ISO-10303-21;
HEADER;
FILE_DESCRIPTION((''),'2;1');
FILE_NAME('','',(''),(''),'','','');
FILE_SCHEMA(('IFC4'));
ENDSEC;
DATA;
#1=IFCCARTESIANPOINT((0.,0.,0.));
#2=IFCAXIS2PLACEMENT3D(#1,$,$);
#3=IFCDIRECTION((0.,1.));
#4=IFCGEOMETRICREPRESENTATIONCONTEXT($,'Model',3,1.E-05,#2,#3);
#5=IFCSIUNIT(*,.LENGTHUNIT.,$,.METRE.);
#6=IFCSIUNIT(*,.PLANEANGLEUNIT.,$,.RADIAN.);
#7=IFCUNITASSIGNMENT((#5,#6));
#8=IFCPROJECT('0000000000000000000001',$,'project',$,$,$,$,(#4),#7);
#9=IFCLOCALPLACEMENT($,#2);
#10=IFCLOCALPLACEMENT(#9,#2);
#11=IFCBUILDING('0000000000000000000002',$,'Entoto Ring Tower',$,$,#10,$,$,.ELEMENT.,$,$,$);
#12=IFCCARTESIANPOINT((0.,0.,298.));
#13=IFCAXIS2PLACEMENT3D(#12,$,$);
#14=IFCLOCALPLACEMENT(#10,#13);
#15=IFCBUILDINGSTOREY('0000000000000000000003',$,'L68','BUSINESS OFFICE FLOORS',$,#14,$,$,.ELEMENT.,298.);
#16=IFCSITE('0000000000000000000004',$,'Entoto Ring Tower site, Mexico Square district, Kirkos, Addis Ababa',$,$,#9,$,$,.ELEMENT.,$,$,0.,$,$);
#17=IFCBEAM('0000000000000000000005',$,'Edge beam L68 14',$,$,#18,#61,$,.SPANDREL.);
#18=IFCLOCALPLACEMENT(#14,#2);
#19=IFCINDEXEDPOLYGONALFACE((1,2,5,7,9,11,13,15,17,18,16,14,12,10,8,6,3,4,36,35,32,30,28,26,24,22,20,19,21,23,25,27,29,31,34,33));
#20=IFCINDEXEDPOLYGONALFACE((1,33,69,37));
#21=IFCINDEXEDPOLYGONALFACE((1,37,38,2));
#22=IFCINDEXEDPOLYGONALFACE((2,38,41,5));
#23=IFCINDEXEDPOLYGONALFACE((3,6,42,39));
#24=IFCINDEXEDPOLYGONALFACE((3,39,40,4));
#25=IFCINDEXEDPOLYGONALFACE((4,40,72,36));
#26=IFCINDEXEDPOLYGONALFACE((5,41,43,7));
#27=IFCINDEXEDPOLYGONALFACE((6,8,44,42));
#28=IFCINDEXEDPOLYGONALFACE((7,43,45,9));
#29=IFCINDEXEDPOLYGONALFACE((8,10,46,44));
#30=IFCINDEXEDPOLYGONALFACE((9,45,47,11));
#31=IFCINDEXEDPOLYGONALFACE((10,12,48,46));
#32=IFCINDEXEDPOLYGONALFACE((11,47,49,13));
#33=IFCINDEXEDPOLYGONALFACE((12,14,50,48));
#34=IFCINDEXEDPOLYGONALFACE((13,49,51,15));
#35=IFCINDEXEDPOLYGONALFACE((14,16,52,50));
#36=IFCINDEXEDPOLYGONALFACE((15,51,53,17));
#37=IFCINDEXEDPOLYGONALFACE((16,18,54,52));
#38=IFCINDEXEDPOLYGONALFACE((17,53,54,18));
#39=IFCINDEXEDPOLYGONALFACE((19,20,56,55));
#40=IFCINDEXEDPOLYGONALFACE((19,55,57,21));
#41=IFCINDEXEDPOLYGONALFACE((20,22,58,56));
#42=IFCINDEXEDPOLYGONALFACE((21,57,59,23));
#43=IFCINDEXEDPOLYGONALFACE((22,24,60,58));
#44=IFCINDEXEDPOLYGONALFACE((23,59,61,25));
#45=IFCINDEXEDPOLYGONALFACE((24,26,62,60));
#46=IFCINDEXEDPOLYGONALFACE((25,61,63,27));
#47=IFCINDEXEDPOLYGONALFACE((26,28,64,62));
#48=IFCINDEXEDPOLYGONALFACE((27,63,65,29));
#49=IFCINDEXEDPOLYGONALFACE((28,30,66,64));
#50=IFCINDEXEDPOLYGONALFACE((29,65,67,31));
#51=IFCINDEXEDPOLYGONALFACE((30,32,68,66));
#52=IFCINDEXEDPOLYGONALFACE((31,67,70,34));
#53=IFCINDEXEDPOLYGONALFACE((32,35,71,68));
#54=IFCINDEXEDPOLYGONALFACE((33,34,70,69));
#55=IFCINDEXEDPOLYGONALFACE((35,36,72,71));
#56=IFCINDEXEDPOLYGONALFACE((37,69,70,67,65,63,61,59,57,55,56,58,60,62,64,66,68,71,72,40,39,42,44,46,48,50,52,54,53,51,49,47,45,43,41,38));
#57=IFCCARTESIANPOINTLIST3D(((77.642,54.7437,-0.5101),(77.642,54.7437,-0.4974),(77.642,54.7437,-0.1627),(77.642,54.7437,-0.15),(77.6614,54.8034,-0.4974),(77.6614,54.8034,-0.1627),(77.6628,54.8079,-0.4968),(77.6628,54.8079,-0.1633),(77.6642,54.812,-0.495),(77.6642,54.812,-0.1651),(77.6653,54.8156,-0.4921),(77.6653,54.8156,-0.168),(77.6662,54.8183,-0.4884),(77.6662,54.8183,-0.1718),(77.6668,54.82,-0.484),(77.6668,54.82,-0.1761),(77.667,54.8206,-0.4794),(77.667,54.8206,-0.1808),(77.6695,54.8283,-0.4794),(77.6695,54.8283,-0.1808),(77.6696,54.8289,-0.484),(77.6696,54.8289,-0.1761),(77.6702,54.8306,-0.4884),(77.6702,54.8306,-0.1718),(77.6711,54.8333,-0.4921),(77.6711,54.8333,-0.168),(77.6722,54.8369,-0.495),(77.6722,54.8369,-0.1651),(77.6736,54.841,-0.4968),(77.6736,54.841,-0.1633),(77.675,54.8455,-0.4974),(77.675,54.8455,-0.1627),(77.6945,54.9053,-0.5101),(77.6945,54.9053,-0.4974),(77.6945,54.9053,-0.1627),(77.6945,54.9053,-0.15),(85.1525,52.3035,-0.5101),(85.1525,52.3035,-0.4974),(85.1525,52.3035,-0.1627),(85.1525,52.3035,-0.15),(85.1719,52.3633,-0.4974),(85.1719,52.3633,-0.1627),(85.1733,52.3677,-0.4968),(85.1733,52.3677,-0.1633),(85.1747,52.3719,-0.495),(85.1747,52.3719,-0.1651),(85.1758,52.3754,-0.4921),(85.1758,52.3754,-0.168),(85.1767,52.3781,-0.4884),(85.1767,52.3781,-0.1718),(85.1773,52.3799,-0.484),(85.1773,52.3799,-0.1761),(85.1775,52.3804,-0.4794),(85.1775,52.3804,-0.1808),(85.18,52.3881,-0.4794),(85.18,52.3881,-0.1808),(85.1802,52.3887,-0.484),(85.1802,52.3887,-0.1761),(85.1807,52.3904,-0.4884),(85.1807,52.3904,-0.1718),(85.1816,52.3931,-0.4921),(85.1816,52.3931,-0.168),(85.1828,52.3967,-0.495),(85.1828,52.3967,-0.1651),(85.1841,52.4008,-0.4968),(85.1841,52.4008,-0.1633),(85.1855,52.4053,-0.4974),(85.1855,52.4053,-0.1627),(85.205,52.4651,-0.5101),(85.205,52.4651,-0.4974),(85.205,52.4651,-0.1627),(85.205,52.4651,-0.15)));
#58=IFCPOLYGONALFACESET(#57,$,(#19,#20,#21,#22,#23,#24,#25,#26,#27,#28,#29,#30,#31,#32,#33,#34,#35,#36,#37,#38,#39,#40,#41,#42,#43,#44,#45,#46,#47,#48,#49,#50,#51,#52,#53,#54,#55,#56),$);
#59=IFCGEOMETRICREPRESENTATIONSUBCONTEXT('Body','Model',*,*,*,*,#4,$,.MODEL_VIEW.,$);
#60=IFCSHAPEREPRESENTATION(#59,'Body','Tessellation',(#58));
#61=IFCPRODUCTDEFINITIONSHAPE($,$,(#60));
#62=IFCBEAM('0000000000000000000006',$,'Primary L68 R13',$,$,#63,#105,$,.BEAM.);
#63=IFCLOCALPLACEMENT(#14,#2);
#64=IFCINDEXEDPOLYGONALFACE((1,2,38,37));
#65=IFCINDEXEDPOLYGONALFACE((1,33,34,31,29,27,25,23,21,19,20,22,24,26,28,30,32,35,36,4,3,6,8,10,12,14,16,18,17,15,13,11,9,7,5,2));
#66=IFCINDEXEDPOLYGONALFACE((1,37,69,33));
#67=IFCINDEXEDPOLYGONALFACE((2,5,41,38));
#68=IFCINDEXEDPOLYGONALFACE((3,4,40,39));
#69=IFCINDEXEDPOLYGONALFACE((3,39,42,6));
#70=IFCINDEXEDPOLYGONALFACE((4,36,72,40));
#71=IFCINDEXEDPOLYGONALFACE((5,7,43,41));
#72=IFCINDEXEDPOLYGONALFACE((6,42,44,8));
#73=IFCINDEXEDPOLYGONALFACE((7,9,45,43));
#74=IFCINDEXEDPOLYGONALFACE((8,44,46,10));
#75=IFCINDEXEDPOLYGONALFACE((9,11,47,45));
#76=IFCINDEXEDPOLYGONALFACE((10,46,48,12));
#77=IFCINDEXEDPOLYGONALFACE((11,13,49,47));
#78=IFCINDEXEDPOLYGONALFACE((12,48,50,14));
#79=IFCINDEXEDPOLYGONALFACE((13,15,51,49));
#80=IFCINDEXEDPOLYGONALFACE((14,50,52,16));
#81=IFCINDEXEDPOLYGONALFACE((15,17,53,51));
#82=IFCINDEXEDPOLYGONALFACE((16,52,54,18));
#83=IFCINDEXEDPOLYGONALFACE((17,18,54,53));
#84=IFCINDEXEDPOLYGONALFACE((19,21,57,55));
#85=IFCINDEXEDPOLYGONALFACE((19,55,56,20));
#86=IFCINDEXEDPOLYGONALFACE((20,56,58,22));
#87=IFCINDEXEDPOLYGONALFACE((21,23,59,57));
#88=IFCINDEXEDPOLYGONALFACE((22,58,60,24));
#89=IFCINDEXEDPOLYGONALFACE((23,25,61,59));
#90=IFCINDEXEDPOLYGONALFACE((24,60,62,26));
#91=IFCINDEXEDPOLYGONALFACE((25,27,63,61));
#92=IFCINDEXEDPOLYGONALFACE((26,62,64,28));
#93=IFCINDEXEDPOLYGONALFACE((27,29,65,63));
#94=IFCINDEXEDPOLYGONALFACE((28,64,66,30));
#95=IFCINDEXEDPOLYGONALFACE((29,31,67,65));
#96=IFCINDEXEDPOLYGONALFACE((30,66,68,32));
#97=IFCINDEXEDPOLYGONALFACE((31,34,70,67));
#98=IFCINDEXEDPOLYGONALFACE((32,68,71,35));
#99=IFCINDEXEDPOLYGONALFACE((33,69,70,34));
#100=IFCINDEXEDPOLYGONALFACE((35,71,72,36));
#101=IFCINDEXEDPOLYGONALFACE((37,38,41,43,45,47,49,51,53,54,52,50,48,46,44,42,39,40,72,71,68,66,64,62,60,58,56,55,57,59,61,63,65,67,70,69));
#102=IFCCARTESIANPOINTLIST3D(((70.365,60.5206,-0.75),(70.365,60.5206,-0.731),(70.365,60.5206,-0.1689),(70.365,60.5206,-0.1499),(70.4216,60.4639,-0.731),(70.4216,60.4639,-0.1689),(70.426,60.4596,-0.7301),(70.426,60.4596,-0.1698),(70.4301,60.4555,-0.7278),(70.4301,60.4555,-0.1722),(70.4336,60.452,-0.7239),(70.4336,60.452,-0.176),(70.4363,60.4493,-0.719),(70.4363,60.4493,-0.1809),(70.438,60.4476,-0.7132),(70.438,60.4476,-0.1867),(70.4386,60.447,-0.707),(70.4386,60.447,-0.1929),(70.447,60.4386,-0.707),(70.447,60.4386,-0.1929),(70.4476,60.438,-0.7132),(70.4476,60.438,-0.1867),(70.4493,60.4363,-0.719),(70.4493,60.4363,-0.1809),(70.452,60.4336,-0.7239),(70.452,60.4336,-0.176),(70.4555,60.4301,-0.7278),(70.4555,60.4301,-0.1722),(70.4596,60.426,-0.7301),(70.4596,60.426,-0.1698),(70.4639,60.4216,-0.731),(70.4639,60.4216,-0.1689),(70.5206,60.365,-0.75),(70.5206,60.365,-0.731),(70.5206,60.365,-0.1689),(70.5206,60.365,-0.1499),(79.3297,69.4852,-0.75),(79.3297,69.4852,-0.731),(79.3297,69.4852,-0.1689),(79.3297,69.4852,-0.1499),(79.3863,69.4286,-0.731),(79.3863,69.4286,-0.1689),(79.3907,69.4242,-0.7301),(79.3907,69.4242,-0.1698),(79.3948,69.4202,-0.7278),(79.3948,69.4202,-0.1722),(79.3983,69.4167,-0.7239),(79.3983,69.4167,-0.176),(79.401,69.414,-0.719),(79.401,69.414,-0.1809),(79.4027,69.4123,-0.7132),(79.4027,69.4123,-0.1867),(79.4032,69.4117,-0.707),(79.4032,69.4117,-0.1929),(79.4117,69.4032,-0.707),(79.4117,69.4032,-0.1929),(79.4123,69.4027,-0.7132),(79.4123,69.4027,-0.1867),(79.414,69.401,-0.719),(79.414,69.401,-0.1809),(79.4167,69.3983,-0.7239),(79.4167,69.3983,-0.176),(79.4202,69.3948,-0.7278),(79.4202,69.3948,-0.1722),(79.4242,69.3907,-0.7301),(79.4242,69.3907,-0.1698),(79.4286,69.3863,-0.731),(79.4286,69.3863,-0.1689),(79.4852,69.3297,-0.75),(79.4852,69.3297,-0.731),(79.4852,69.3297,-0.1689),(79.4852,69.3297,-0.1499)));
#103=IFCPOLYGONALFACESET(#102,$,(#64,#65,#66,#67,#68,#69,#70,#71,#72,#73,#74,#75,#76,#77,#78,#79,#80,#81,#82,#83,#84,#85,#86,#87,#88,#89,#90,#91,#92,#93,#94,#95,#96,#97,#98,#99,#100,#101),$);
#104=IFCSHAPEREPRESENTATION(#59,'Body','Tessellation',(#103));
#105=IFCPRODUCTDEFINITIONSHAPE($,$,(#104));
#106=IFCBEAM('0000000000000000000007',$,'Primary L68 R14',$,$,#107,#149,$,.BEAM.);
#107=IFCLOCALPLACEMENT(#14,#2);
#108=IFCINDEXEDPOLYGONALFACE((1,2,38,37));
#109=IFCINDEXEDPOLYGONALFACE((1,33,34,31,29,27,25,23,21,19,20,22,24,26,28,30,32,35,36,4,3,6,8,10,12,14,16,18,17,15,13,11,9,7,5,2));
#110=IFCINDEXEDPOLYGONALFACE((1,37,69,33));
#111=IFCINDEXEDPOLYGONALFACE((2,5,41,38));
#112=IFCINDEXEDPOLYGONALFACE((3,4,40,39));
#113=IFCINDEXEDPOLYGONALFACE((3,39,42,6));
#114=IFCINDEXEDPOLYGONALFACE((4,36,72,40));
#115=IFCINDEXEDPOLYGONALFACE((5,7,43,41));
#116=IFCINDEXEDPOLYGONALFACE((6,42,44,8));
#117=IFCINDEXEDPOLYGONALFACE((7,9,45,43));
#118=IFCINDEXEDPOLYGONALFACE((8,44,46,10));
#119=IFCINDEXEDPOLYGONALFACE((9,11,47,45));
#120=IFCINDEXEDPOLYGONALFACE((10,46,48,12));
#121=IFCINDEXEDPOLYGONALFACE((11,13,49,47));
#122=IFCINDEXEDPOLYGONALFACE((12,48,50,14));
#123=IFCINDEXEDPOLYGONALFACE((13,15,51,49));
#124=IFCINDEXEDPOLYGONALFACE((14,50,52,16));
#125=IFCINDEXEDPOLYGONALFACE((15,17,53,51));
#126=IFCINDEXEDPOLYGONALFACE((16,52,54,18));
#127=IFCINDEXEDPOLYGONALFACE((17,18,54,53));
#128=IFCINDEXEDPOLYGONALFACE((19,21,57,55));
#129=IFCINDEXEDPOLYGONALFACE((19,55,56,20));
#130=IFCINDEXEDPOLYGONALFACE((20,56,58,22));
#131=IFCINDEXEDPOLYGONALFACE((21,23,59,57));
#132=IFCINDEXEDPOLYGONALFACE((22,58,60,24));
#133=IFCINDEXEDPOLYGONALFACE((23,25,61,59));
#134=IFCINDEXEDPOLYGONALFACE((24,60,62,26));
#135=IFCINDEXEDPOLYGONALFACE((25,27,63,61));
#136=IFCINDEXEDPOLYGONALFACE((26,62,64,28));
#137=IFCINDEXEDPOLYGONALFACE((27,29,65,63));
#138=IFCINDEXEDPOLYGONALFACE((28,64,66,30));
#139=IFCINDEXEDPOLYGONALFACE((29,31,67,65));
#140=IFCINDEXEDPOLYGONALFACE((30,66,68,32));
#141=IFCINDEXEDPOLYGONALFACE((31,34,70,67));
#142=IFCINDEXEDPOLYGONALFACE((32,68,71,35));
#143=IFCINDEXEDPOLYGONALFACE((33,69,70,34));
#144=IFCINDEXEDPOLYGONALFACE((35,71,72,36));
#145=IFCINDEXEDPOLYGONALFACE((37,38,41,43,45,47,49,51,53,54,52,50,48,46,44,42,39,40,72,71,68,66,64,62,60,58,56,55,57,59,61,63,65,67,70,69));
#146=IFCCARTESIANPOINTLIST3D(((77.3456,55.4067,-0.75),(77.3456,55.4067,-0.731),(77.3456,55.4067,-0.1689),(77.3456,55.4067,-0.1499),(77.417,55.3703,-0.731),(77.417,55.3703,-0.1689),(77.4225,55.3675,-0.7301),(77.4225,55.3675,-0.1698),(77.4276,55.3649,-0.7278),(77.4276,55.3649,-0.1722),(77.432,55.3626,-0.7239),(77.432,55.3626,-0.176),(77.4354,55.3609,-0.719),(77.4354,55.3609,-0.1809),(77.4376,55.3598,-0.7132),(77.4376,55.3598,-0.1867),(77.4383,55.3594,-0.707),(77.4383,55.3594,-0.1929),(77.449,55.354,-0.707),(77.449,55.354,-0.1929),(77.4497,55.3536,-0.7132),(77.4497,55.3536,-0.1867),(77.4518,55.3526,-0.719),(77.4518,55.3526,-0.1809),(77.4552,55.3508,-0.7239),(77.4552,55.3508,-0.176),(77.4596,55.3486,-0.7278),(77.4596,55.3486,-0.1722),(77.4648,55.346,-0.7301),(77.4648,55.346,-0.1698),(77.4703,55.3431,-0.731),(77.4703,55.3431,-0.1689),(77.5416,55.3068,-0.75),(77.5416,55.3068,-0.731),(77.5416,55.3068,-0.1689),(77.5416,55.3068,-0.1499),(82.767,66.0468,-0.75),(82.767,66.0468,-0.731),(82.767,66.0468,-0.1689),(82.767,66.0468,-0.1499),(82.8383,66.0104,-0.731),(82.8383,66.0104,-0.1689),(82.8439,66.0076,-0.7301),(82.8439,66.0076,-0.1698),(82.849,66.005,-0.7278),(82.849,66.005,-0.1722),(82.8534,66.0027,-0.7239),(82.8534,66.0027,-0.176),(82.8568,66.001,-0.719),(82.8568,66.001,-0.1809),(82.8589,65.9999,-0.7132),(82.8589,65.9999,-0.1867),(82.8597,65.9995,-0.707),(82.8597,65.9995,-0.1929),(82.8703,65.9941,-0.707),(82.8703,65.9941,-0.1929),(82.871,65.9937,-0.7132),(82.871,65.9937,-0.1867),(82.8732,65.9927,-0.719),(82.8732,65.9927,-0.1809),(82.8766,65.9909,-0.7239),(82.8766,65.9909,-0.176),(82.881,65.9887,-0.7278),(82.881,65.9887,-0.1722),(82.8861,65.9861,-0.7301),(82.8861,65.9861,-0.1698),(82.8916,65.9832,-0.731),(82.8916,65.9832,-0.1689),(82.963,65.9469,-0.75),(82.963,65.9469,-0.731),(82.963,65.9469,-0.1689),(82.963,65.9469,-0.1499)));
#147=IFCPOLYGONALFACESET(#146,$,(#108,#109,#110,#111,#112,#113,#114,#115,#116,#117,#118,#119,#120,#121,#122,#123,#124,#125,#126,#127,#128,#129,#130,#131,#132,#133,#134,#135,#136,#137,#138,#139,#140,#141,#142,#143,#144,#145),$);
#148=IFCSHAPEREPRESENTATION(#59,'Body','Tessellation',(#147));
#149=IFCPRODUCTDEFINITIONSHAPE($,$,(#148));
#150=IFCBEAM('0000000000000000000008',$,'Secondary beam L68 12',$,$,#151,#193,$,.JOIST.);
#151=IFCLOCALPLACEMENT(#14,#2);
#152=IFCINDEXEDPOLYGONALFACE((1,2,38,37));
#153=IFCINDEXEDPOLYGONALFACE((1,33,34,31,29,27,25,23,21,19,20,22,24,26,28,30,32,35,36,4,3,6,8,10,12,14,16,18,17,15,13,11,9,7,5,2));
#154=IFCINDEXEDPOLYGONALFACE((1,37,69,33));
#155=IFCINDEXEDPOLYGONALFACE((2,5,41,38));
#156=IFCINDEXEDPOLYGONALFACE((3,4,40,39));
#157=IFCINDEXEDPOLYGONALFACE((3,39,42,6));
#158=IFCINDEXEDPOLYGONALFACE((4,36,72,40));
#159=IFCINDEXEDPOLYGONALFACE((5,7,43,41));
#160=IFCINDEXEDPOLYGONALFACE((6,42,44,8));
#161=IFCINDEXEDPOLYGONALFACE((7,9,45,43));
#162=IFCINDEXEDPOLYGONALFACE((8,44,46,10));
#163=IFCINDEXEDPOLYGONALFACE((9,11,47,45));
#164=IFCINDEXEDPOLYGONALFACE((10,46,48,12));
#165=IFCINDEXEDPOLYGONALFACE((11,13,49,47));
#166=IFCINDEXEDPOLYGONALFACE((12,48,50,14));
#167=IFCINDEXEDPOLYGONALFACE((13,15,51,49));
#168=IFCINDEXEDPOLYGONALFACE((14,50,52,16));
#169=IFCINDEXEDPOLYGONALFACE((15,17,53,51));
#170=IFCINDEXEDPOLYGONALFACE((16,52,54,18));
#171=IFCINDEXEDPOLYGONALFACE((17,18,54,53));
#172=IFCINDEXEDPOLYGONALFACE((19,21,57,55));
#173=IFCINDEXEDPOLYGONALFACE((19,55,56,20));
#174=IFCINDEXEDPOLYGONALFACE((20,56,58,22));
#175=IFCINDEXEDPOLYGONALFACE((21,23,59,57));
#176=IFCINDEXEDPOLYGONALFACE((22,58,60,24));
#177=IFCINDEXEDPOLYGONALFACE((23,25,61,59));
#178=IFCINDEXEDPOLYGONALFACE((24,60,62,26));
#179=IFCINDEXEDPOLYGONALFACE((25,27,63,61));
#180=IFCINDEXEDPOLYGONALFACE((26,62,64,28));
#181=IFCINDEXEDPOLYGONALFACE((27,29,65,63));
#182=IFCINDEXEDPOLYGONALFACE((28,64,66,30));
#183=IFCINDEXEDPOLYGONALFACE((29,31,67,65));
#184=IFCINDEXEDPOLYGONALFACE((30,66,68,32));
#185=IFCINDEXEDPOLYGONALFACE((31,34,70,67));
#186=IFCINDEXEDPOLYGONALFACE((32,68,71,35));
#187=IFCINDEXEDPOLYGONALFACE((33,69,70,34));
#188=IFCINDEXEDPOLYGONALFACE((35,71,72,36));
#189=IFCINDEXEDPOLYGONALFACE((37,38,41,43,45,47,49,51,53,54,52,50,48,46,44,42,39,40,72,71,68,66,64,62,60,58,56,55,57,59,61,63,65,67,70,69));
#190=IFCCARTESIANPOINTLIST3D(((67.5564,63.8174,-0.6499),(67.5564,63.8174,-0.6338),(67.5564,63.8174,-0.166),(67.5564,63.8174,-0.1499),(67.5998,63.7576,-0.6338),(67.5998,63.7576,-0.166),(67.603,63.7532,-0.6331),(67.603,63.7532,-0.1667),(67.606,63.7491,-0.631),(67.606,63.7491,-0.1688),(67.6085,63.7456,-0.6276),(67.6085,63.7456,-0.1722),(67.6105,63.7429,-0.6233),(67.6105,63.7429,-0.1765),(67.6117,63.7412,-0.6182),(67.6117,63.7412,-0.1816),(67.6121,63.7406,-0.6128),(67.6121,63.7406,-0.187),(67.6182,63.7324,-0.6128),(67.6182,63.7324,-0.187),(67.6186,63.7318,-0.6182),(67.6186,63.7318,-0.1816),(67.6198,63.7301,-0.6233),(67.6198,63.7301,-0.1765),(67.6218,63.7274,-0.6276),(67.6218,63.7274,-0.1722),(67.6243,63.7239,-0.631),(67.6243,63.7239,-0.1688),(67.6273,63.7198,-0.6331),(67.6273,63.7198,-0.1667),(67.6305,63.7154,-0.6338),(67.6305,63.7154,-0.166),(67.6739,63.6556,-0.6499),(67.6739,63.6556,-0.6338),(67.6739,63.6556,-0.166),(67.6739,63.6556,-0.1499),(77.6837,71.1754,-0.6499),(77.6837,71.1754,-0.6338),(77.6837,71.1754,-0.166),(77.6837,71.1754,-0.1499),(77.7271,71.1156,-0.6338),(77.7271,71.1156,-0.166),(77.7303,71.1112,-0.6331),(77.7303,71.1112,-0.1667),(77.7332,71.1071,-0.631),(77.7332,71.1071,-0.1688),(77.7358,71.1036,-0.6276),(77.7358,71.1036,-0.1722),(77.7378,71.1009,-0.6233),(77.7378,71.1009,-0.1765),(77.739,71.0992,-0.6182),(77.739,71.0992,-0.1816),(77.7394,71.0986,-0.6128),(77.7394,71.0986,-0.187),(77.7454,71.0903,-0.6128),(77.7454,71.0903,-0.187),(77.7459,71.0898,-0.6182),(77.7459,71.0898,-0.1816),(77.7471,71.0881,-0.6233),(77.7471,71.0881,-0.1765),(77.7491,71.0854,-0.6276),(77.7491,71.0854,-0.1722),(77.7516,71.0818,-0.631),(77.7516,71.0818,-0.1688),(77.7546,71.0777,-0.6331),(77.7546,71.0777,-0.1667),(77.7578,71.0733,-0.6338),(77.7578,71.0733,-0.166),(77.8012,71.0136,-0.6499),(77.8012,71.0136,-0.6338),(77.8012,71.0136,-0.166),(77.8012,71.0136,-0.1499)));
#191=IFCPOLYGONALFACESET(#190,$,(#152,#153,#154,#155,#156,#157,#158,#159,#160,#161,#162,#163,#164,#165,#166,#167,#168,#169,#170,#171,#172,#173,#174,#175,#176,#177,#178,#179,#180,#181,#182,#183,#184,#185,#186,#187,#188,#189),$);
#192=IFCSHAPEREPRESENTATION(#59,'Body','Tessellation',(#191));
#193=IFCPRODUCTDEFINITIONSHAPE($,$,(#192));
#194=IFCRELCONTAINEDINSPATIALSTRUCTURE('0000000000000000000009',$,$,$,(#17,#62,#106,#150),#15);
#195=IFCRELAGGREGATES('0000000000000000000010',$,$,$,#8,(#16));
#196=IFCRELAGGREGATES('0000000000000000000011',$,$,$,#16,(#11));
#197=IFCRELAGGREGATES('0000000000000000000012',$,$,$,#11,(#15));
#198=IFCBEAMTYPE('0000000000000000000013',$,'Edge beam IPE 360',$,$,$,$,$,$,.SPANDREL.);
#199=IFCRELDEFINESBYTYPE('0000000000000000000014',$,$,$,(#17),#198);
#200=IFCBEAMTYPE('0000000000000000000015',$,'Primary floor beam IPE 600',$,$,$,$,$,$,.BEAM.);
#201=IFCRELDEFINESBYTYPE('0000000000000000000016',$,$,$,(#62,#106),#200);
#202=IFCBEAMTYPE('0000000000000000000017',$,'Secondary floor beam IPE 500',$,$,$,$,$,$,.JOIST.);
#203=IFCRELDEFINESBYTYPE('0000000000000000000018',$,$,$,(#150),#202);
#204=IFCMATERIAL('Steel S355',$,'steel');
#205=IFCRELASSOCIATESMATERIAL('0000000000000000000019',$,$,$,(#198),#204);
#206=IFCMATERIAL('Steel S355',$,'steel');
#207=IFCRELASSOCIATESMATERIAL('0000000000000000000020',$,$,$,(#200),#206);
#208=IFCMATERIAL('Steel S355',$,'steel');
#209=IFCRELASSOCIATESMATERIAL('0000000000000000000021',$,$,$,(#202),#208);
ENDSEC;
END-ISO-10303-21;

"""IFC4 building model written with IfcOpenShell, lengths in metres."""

from ifc_helpers import new_model, si_unit, direction, frame, origin, origin_2d, place, context, subcontext, project, spatial, i_section, extrude, material, material_profile, profile_set, type_object, element, save


model = new_model("IFC4")

# Units and contexts
model_context = context("Model", 3, precision=1e-05, world=origin(), true_north=direction((0.0, 1.0)))
body_context = subcontext(model_context, "Body", "Model", "MODEL_VIEW")
ifc_project = project(units=[si_unit("LENGTHUNIT", "METRE"), si_unit("PLANEANGLEUNIT", "RADIAN")], contexts=[model_context])

# Site, building, storey
site_placement = place(None, origin())
site = spatial("IfcSite", under=ifc_project, at=site_placement, Name="Entoto Ring Tower site, Mexico Square district, Kirkos, Addis Ababa", CompositionType="ELEMENT", RefElevation=0.0)
building_placement = place(site_placement, origin())
building = spatial("IfcBuilding", under=site, at=building_placement, Name="Entoto Ring Tower", CompositionType="ELEMENT")
storey_placement = place(building_placement, frame((0.0, 0.0, 298.0)))
storey = spatial("IfcBuildingStorey", under=building, at=storey_placement, Name="L68", Description="BUSINESS OFFICE FLOORS", CompositionType="ELEMENT", Elevation=298.0)

# Beams
ifc_material_1 = material(Name="Steel S355", Category="steel")
ifc_material_profile_1 = material_profile(ifc_material_1, i_section(OverallWidth=0.1699, OverallDepth=0.3601, WebThickness=0.0081, FlangeThickness=0.0127, FilletRadius=0.0181, at=origin_2d()), Name="IPE 360")
ifc_profile_set_1 = profile_set([ifc_material_profile_1], Name="Steel S355")
beam_type_1 = type_object("IfcBeamType", Name="Edge beam IPE 360", PredefinedType="SPANDREL", material=ifc_profile_set_1)
beam_1_placement = place(storey_placement, frame((77.6682, 54.8245, -0.3301), z_axis=(0.951061, -0.309003, 0.0), x_axis=(0.309003, 0.951061, 0.0)))
element("IfcBeam", 1, at=beam_1_placement, inside=storey, type_object=beam_type_1, Name="Edge beam L68 14", PredefinedType="SPANDREL", context=body_context, shape_type="SweptSolid", body=[
    extrude(i_section(OverallWidth=0.1699, OverallDepth=0.3601, WebThickness=0.0081, FlangeThickness=0.0127, FilletRadius=0.0181, at=origin_2d()), origin(), (0.0, 0.0, 1.0), 7.897),
])
ifc_material_2 = material(Name="Steel S355", Category="steel")
ifc_material_profile_2 = material_profile(ifc_material_2, i_section(OverallWidth=0.22, OverallDepth=0.6001, WebThickness=0.012, FlangeThickness=0.019, FilletRadius=0.0239, at=origin_2d()), Name="IPE 600")
ifc_profile_set_2 = profile_set([ifc_material_profile_2], Name="Steel S355")
beam_type_2 = type_object("IfcBeamType", Name="Primary floor beam IPE 600", PredefinedType="BEAM", material=ifc_profile_set_2)
beam_2_placement = place(storey_placement, frame((79.4075, 69.4075, -0.45), z_axis=(-0.707107, -0.707107, 0.0), x_axis=(0.707107, -0.707107, 0.0)))
element("IfcBeam", 2, at=beam_2_placement, inside=storey, type_object=beam_type_2, Name="Primary L68 R13", PredefinedType="BEAM", context=body_context, shape_type="SweptSolid", body=[
    extrude(i_section(OverallWidth=0.22, OverallDepth=0.6001, WebThickness=0.012, FlangeThickness=0.019, FilletRadius=0.0239, at=origin_2d()), origin(), (0.0, 0.0, 1.0), 12.678),
])
beam_3_placement = place(storey_placement, frame((82.865, 65.9968, -0.45), z_axis=(-0.453988, -0.891008, 0.0), x_axis=(0.891008, -0.453988, 0.0)))
element("IfcBeam", 3, at=beam_3_placement, inside=storey, type_object=beam_type_2, Name="Primary L68 R14", PredefinedType="BEAM", context=body_context, shape_type="SweptSolid", body=[
    extrude(i_section(OverallWidth=0.22, OverallDepth=0.6001, WebThickness=0.012, FlangeThickness=0.019, FilletRadius=0.0239, at=origin_2d()), origin(), (0.0, 0.0, 1.0), 11.9417),
])
ifc_material_3 = material(Name="Steel S355", Category="steel")
ifc_material_profile_3 = material_profile(ifc_material_3, i_section(OverallWidth=0.2, OverallDepth=0.5, WebThickness=0.0103, FlangeThickness=0.0161, FilletRadius=0.021, at=origin_2d()), Name="IPE 500")
ifc_profile_set_3 = profile_set([ifc_material_profile_3], Name="Steel S355")
beam_type_3 = type_object("IfcBeamType", Name="Secondary floor beam IPE 500", PredefinedType="JOIST", material=ifc_profile_set_3)
for number, where, z_axis, x_axis, name in (
    (4, (77.7424, 71.0945, -0.3999), (-0.809014, -0.587789, 0.0), (0.587789, -0.809014, 0.0), "Secondary beam L68 12"),
):
    element("IfcBeam", number, at=place(storey_placement, frame(where, z_axis=z_axis, x_axis=x_axis)), inside=storey, type_object=beam_type_3, Name=name, PredefinedType="JOIST", context=body_context, shape_type="SweptSolid", body=[
        extrude(i_section(OverallWidth=0.2, OverallDepth=0.5, WebThickness=0.0103, FlangeThickness=0.0161, FilletRadius=0.021, at=origin_2d()), origin(), (0.0, 0.0, 1.0), 12.5181),
    ])

save(model, "model.ifc")
